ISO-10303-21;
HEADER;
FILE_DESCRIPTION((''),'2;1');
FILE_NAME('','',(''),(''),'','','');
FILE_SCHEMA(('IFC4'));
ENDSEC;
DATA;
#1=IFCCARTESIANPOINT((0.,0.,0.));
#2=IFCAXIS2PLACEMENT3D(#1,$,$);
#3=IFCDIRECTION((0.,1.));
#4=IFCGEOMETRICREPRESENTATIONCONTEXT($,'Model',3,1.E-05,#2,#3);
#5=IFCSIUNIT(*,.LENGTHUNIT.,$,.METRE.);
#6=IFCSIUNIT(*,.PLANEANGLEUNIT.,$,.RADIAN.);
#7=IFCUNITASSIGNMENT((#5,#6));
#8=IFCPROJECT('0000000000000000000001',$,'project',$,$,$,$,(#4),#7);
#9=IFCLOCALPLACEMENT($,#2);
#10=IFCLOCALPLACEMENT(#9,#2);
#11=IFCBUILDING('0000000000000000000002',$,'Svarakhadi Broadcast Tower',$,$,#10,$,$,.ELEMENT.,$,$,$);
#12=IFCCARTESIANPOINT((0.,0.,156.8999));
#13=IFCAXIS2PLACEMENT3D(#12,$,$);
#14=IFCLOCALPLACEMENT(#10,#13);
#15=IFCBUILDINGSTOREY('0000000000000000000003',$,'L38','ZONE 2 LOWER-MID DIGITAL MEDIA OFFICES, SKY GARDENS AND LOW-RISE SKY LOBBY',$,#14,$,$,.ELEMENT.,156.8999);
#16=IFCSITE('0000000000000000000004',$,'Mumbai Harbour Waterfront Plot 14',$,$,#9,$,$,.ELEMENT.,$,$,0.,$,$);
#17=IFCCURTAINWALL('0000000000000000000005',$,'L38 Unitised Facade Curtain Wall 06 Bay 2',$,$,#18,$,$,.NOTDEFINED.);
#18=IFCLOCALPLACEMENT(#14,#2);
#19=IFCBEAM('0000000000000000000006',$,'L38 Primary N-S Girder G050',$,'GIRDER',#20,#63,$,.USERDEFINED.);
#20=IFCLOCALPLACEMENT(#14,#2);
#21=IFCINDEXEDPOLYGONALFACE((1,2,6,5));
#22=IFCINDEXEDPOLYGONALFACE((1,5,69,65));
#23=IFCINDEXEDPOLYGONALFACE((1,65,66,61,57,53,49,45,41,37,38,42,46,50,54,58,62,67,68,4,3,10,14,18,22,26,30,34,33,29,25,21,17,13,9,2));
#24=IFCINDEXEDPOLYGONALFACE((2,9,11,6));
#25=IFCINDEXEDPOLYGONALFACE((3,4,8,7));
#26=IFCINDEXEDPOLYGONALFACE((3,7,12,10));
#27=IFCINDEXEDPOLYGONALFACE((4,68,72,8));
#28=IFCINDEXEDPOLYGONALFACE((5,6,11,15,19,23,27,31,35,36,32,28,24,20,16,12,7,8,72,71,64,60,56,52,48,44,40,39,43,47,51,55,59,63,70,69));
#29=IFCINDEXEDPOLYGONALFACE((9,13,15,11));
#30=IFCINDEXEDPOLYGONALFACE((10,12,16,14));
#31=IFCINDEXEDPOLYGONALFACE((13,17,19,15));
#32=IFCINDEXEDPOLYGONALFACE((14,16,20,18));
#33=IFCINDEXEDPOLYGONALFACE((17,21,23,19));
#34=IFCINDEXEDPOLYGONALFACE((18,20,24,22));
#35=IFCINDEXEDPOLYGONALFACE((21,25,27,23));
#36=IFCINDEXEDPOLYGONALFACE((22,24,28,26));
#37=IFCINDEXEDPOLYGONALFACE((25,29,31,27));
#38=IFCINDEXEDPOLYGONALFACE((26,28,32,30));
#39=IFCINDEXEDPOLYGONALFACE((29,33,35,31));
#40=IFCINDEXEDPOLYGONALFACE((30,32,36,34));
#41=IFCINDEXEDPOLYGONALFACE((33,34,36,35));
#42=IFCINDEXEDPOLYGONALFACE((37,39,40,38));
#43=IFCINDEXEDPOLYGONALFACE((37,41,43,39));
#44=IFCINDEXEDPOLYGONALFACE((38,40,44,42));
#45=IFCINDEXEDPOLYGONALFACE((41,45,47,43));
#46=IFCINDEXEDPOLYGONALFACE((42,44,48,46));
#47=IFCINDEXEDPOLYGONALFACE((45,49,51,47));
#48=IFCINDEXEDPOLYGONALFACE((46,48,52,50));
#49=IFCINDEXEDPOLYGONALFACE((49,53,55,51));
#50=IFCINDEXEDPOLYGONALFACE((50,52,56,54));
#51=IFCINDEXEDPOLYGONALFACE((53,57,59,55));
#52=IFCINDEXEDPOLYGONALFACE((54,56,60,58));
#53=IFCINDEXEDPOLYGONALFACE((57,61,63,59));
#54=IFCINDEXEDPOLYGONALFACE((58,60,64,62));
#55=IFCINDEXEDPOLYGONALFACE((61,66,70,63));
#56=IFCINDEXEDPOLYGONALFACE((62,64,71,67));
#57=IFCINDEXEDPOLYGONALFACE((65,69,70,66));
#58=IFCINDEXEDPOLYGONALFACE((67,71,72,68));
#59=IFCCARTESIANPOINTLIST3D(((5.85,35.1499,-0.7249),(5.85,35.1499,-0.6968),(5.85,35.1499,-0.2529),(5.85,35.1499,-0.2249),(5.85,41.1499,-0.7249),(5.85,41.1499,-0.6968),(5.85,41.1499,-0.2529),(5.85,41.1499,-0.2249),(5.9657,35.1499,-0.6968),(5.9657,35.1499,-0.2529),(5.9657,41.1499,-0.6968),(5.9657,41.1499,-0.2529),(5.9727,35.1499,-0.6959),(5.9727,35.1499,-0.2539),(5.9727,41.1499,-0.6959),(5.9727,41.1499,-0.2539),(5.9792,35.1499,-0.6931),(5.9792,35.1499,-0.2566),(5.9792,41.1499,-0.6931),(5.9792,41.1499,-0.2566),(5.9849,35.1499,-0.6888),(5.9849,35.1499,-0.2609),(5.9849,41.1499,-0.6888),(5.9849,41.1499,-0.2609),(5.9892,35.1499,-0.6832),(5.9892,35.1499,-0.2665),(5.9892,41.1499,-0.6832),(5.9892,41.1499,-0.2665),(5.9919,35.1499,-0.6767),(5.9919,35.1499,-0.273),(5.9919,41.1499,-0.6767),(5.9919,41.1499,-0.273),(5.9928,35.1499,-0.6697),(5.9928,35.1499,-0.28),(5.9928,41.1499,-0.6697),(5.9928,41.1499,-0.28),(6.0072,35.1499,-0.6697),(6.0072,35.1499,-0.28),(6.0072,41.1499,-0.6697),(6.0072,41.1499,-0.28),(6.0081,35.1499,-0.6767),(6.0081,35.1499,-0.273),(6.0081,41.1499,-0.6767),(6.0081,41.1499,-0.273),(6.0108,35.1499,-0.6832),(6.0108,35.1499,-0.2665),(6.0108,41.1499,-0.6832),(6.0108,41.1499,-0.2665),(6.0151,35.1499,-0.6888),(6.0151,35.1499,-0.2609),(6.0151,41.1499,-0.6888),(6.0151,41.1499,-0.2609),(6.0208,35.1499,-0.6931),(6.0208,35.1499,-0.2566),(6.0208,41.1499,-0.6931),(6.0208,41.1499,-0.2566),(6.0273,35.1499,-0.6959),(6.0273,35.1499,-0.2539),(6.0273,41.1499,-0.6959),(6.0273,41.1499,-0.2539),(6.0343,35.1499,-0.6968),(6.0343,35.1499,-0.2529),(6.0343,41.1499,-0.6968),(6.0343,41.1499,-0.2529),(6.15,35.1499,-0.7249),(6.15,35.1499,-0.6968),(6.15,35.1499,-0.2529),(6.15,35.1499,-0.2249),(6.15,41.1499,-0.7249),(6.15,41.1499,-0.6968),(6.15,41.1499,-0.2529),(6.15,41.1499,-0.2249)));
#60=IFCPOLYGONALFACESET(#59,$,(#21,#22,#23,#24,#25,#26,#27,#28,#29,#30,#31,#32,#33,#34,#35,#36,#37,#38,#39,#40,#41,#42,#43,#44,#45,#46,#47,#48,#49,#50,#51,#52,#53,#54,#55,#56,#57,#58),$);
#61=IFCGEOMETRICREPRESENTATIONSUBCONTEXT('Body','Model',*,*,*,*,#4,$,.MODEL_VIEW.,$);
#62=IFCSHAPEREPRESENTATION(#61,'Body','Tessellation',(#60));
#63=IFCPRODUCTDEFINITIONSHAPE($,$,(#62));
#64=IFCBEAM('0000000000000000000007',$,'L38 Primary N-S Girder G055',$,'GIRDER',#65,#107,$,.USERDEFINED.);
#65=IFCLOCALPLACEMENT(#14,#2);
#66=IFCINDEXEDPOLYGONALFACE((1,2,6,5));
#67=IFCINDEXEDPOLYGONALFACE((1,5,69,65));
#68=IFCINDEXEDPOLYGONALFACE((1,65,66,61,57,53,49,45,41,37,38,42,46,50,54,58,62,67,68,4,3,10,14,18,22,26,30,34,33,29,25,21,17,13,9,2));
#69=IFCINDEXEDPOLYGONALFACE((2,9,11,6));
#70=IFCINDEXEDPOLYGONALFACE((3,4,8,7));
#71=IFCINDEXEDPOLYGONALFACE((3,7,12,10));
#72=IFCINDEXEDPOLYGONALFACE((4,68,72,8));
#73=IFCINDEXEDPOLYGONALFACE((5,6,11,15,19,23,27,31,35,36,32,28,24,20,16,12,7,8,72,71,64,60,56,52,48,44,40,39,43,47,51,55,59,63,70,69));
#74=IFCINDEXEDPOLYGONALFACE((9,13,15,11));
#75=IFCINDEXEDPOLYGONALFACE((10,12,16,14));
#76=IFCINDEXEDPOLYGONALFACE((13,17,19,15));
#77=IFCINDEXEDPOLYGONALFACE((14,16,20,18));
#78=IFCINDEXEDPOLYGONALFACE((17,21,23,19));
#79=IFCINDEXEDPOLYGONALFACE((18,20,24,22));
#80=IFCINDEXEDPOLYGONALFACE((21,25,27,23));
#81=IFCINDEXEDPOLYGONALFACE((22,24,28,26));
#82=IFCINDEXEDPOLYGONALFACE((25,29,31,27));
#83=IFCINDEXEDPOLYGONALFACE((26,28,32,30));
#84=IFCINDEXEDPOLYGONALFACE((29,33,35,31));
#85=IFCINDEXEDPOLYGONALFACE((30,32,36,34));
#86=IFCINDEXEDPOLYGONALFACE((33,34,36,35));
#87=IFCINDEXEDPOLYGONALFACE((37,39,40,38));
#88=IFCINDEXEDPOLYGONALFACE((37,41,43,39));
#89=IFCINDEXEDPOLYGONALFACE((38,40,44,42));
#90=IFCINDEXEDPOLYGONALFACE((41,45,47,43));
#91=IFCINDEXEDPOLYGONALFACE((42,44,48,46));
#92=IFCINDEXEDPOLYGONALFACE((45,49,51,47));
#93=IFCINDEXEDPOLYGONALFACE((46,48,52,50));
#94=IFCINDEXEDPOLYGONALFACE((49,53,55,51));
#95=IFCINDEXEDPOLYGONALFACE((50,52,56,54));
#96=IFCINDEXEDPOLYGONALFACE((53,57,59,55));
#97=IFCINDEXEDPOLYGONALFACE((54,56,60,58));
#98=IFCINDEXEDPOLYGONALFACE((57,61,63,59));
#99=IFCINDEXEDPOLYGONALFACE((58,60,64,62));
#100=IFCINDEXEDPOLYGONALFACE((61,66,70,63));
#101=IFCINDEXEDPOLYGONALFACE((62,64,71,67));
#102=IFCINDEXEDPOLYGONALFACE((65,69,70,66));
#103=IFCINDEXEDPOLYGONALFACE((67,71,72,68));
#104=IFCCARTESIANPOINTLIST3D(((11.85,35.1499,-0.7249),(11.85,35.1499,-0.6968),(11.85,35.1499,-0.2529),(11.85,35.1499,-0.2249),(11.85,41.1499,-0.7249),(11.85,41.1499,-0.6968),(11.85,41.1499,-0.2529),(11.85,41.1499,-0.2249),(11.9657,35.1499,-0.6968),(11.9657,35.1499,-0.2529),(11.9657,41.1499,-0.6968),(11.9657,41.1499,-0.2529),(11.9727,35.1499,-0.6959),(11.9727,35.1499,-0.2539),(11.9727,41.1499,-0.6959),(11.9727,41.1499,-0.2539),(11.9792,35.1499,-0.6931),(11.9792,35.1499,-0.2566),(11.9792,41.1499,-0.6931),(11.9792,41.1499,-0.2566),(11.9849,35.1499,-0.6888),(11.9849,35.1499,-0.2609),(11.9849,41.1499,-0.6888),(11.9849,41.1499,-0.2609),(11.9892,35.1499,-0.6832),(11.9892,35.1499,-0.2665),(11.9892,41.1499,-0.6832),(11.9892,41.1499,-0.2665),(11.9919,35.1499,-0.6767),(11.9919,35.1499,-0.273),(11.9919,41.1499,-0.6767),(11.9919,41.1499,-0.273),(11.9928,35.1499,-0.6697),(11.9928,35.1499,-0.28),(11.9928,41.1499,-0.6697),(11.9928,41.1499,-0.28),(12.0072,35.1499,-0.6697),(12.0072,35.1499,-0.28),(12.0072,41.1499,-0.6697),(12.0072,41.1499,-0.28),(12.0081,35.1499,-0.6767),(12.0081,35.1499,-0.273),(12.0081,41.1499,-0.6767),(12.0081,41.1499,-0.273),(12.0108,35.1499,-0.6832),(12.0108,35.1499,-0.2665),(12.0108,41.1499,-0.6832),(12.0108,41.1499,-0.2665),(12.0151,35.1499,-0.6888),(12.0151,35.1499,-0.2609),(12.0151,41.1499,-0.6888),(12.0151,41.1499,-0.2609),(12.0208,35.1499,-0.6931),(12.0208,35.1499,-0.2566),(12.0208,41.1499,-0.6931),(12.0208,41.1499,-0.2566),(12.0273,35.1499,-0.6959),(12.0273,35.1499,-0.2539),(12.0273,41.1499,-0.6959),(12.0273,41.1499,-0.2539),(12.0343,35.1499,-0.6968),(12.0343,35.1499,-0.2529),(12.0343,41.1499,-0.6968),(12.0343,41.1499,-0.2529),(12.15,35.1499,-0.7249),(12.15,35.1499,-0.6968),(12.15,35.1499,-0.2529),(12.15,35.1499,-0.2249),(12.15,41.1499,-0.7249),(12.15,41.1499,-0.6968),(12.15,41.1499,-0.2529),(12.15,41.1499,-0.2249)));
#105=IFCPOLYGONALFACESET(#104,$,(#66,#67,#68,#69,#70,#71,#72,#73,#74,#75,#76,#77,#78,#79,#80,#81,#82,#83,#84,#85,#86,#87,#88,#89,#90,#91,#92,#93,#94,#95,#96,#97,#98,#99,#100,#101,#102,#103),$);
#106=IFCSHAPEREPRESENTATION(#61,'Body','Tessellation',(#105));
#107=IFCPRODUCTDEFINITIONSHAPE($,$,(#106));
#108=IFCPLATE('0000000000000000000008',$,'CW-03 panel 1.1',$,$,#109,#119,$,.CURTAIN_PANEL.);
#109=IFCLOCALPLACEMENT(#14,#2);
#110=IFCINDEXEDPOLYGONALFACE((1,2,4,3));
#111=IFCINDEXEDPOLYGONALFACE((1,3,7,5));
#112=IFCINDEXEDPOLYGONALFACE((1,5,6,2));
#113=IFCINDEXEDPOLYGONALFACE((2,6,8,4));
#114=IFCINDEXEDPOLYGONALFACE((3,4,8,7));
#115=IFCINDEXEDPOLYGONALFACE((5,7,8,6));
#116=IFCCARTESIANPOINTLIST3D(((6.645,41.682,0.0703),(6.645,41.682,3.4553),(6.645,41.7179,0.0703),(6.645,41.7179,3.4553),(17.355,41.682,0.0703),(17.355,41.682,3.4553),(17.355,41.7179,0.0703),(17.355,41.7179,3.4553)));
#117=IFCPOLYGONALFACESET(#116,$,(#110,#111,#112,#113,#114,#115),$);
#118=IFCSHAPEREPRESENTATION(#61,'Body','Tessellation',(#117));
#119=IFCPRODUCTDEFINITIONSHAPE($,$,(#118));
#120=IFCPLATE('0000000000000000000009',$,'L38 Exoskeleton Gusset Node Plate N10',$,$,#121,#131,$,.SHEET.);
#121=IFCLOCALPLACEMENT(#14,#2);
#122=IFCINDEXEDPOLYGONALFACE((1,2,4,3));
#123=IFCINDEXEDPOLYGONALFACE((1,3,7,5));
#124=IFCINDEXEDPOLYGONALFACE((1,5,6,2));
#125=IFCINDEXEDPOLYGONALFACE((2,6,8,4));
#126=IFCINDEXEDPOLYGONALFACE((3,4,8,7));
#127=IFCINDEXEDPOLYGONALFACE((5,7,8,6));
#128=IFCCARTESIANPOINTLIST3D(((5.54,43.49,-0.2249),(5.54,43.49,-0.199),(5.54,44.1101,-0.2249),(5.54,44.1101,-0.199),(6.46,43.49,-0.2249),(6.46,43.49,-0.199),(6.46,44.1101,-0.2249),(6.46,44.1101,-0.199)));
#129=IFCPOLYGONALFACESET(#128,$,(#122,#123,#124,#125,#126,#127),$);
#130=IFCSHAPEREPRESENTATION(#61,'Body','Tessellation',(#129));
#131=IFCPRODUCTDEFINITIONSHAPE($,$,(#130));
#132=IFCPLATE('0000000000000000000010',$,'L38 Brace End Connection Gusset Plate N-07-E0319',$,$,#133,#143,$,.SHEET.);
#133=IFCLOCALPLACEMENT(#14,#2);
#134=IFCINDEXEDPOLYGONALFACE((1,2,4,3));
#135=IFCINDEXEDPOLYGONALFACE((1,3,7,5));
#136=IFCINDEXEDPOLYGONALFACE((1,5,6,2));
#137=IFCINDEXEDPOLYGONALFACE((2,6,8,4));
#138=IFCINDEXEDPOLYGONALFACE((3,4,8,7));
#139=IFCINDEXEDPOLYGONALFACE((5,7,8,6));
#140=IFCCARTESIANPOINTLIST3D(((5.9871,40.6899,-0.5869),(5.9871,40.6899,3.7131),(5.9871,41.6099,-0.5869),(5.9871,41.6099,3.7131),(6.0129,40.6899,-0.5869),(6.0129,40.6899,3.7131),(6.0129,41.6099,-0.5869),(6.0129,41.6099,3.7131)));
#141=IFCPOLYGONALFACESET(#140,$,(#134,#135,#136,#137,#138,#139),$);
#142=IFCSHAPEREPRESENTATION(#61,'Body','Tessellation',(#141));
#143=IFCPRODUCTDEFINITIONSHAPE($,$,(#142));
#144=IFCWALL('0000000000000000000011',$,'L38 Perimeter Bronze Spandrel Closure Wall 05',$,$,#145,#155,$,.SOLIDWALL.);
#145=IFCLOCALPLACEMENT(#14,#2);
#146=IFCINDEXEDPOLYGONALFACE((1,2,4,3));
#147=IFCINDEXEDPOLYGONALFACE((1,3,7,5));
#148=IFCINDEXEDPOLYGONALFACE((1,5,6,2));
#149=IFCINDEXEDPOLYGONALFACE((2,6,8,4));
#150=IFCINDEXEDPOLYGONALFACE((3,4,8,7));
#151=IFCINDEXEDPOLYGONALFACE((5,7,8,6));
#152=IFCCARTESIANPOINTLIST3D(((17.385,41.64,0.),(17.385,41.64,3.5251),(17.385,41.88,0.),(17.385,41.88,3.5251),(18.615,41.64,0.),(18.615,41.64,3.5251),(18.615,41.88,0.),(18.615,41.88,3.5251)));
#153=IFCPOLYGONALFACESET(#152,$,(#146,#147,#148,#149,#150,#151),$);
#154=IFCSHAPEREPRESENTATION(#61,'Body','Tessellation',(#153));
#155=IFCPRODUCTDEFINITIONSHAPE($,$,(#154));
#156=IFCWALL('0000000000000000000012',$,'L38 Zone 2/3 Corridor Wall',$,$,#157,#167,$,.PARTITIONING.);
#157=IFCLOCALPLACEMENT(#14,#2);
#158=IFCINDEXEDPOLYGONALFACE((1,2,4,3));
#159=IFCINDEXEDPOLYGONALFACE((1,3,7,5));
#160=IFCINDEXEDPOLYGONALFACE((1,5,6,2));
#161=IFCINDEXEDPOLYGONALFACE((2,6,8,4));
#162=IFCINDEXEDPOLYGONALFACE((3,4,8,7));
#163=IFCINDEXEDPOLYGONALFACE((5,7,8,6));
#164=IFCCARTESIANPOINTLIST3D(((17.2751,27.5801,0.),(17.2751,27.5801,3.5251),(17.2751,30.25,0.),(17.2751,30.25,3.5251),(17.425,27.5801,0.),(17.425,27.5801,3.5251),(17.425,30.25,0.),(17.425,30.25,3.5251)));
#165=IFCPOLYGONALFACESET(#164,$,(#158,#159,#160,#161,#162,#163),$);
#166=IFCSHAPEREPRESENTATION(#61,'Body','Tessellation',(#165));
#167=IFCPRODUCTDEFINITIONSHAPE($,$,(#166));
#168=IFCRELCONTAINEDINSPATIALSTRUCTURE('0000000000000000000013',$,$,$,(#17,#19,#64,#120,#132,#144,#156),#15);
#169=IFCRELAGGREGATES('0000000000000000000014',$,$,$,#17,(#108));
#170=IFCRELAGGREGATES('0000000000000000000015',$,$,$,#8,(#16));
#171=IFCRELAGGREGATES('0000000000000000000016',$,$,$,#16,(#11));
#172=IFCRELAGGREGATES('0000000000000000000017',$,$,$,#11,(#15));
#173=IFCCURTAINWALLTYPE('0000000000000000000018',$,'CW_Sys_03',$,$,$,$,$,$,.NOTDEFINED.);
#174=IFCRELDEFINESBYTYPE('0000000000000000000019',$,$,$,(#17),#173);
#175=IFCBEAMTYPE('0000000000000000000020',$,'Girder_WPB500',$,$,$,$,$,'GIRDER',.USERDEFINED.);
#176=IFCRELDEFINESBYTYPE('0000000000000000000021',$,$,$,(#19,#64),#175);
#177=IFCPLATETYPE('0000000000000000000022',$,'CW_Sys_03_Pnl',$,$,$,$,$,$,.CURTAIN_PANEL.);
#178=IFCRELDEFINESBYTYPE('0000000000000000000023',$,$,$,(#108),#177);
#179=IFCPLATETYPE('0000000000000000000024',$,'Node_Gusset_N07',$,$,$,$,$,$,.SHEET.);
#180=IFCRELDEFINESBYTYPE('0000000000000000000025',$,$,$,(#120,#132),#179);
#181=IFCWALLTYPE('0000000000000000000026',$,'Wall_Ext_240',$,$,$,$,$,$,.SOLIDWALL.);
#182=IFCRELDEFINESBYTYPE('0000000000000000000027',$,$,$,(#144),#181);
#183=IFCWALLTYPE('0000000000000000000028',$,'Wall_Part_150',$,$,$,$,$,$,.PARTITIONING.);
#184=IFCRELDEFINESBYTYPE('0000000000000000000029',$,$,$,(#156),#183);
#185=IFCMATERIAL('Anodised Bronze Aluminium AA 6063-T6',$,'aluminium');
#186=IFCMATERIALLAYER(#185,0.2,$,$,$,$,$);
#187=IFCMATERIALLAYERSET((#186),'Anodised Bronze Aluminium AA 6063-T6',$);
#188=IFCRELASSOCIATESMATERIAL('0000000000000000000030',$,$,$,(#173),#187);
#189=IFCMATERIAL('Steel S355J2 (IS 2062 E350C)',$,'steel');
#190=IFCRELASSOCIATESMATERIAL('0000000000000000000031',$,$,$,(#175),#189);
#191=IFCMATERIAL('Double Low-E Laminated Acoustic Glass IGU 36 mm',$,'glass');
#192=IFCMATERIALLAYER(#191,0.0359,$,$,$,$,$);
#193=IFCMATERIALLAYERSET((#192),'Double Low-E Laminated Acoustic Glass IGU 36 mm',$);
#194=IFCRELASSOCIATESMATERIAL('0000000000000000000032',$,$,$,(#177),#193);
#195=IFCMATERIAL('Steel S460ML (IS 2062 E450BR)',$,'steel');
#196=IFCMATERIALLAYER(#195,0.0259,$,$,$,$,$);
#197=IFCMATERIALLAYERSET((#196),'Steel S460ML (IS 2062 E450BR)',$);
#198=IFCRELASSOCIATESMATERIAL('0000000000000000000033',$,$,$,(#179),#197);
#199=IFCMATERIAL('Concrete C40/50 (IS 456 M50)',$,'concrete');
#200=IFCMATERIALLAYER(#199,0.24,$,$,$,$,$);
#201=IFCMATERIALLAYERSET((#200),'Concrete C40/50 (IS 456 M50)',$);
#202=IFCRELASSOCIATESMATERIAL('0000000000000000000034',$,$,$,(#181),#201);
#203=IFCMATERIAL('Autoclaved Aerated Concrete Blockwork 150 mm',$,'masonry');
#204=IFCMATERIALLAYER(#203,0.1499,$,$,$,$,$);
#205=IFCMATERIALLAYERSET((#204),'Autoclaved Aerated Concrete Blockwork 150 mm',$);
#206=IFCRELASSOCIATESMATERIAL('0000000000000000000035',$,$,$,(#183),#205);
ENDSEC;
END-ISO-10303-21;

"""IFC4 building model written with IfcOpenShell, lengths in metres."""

from ifc_helpers import new_model, si_unit, direction, frame, frame_2d, origin, origin_2d, place, context, subcontext, project, spatial, rectangle, i_section, extrude, material, layer, layer_set, material_profile, profile_set, type_object, element, aggregate, save


model = new_model("IFC4")

# Units and contexts
model_context = context("Model", 3, precision=1e-05, world=origin(), true_north=direction((0.0, 1.0)))
body_context = subcontext(model_context, "Body", "Model", "MODEL_VIEW")
ifc_project = project(units=[si_unit("LENGTHUNIT", "METRE"), si_unit("PLANEANGLEUNIT", "RADIAN")], contexts=[model_context])

# Site, building, storey
site_placement = place(None, origin())
site = spatial("IfcSite", under=ifc_project, at=site_placement, Name="Mumbai Harbour Waterfront Plot 14", CompositionType="ELEMENT", RefElevation=0.0)
building_placement = place(site_placement, origin())
building = spatial("IfcBuilding", under=site, at=building_placement, Name="Svarakhadi Broadcast Tower", CompositionType="ELEMENT")
storey_placement = place(building_placement, frame((0.0, 0.0, 156.8999)))
storey = spatial("IfcBuildingStorey", under=building, at=storey_placement, Name="L38", Description="ZONE 2 LOWER-MID DIGITAL MEDIA OFFICES, SKY GARDENS AND LOW-RISE SKY LOBBY", CompositionType="ELEMENT", Elevation=156.8999)

# Shared definitions
ifc_material_1 = material(Name="Steel S460ML (IS 2062 E450BR)", Category="steel")

# Shared definitions
ifc_material_2 = material(Name="Steel S355J2 (IS 2062 E350C)", Category="steel")

# Curtain wall
ifc_material_3 = material(Name="Anodised Bronze Aluminium AA 6063-T6", Category="aluminium")
ifc_layer_1 = layer(ifc_material_3, 0.2)
ifc_layer_set_1 = layer_set([ifc_layer_1], Name="Anodised Bronze Aluminium AA 6063-T6")
curtain_wall_type = type_object("IfcCurtainWallType", Name="CW_Sys_03", PredefinedType="NOTDEFINED", material=ifc_layer_set_1)
curtain_wall_placement = place(storey_placement, origin())
curtain_wall = element("IfcCurtainWall", 1, at=curtain_wall_placement, inside=storey, type_object=curtain_wall_type, Name="L38 Unitised Facade Curtain Wall 06 Bay 2", PredefinedType="NOTDEFINED")

# Beams
ifc_material_profile_1 = material_profile(ifc_material_2, i_section(OverallWidth=0.3, OverallDepth=0.5, WebThickness=0.0144, FlangeThickness=0.0281, FilletRadius=0.0271, at=origin_2d()), Name="WPB 500x300x187")
ifc_profile_set_1 = profile_set([ifc_material_profile_1], Name="Steel S355J2 (IS 2062 E350C)")
beam_type_1 = type_object("IfcBeamType", Name="Girder_WPB500", ElementType="GIRDER", PredefinedType="USERDEFINED", material=ifc_profile_set_1)
for number, where, z_axis, x_axis, name in (
    (2, (6.0, 35.1499, -0.4749), (0.0, 1.0, 0.0), (-1.0, 0.0, 0.0), "L38 Primary N-S Girder G050"),
    (3, (12.0, 35.1499, -0.4749), (0.0, 1.0, 0.0), (-1.0, 0.0, 0.0), "L38 Primary N-S Girder G055"),
):
    element("IfcBeam", number, at=place(storey_placement, frame(where, z_axis=z_axis, x_axis=x_axis)), inside=storey, type_object=beam_type_1, Name=name, ObjectType="GIRDER", PredefinedType="USERDEFINED", context=body_context, shape_type="SweptSolid", body=[
        extrude(i_section(OverallWidth=0.3, OverallDepth=0.5, WebThickness=0.0144, FlangeThickness=0.0281, FilletRadius=0.0271, at=origin_2d()), origin(), (0.0, 0.0, 1.0), 6.0),
    ])

# Plate
ifc_material_4 = material(Name="Double Low-E Laminated Acoustic Glass IGU 36 mm", Category="glass")
ifc_layer_2 = layer(ifc_material_4, 0.0359)
ifc_layer_set_2 = layer_set([ifc_layer_2], Name="Double Low-E Laminated Acoustic Glass IGU 36 mm")
plate_type_1 = type_object("IfcPlateType", Name="CW_Sys_03_Pnl", PredefinedType="CURTAIN_PANEL", material=ifc_layer_set_2)
plate_1_placement = place(storey_placement, frame((12.0, 41.7, 0.0703), z_axis=(0.0, 0.0, 1.0), x_axis=(1.0, 0.0, 0.0)))
plate_1 = element("IfcPlate", 4, at=plate_1_placement, type_object=plate_type_1, Name="CW-03 panel 1.1", PredefinedType="CURTAIN_PANEL", context=body_context, shape_type="SweptSolid", body=[
    extrude(rectangle(XDim=10.71, YDim=0.0359, at=origin_2d()), origin(), (0.0, 0.0, 1.0), 3.385),
])
aggregate(curtain_wall, [plate_1])

# Plates
ifc_layer_3 = layer(ifc_material_1, 0.0259)
ifc_layer_set_3 = layer_set([ifc_layer_3], Name="Steel S460ML (IS 2062 E450BR)")
plate_type_2 = type_object("IfcPlateType", Name="Node_Gusset_N07", PredefinedType="SHEET", material=ifc_layer_set_3)
plate_2_placement = place(storey_placement, frame((6.0, 43.8, -0.2249), z_axis=(0.0, 0.0, 1.0), x_axis=(1.0, 0.0, 0.0)))
element("IfcPlate", 5, at=plate_2_placement, inside=storey, type_object=plate_type_2, Name="L38 Exoskeleton Gusset Node Plate N10", PredefinedType="SHEET", context=body_context, shape_type="SweptSolid", body=[
    extrude(rectangle(XDim=0.9199, YDim=0.6201, at=origin_2d()), origin(), (0.0, 0.0, 1.0), 0.0259),
])
plate_3_placement = place(storey_placement, frame((6.0, 41.1499, -0.5869), z_axis=(0.0, 0.0, 1.0), x_axis=(0.0, 1.0, 0.0)))
element("IfcPlate", 6, at=plate_3_placement, inside=storey, type_object=plate_type_2, Name="L38 Brace End Connection Gusset Plate N-07-E0319", PredefinedType="SHEET", context=body_context, shape_type="SweptSolid", body=[
    extrude(rectangle(XDim=0.9199, YDim=0.0259, at=origin_2d()), origin(), (0.0, 0.0, 1.0), 4.3),
])

# Walls
ifc_material_5 = material(Name="Concrete C40/50 (IS 456 M50)", Category="concrete")
ifc_layer_4 = layer(ifc_material_5, 0.24)
ifc_layer_set_4 = layer_set([ifc_layer_4], Name="Concrete C40/50 (IS 456 M50)")
wall_type_1 = type_object("IfcWallType", Name="Wall_Ext_240", PredefinedType="SOLIDWALL", material=ifc_layer_set_4)
wall_1_placement = place(storey_placement, frame((17.385, 41.76, 0.0), z_axis=(0.0, 0.0, 1.0), x_axis=(1.0, 0.0, 0.0)))
element("IfcWall", 7, at=wall_1_placement, inside=storey, type_object=wall_type_1, Name="L38 Perimeter Bronze Spandrel Closure Wall 05", PredefinedType="SOLIDWALL", context=body_context, shape_type="SweptSolid", body=[
    extrude(rectangle(XDim=1.23, YDim=0.24, at=frame_2d((0.615, 0.0))), origin(), (0.0, 0.0, 1.0), 3.5251),
])
ifc_material_6 = material(Name="Autoclaved Aerated Concrete Blockwork 150 mm", Category="masonry")
ifc_layer_5 = layer(ifc_material_6, 0.1499)
ifc_layer_set_5 = layer_set([ifc_layer_5], Name="Autoclaved Aerated Concrete Blockwork 150 mm")
wall_type_2 = type_object("IfcWallType", Name="Wall_Part_150", PredefinedType="PARTITIONING", material=ifc_layer_set_5)
wall_2_placement = place(storey_placement, frame((17.3501, 30.25, 0.0), z_axis=(0.0, 0.0, 1.0), x_axis=(0.0, -1.0, 0.0)))
element("IfcWall", 8, at=wall_2_placement, inside=storey, type_object=wall_type_2, Name="L38 Zone 2/3 Corridor Wall", PredefinedType="PARTITIONING", context=body_context, shape_type="SweptSolid", body=[
    extrude(rectangle(XDim=2.6699, YDim=0.1499, at=frame_2d((1.335, 0.0))), origin(), (0.0, 0.0, 1.0), 3.5251),
])

save(model, "model.ifc")
